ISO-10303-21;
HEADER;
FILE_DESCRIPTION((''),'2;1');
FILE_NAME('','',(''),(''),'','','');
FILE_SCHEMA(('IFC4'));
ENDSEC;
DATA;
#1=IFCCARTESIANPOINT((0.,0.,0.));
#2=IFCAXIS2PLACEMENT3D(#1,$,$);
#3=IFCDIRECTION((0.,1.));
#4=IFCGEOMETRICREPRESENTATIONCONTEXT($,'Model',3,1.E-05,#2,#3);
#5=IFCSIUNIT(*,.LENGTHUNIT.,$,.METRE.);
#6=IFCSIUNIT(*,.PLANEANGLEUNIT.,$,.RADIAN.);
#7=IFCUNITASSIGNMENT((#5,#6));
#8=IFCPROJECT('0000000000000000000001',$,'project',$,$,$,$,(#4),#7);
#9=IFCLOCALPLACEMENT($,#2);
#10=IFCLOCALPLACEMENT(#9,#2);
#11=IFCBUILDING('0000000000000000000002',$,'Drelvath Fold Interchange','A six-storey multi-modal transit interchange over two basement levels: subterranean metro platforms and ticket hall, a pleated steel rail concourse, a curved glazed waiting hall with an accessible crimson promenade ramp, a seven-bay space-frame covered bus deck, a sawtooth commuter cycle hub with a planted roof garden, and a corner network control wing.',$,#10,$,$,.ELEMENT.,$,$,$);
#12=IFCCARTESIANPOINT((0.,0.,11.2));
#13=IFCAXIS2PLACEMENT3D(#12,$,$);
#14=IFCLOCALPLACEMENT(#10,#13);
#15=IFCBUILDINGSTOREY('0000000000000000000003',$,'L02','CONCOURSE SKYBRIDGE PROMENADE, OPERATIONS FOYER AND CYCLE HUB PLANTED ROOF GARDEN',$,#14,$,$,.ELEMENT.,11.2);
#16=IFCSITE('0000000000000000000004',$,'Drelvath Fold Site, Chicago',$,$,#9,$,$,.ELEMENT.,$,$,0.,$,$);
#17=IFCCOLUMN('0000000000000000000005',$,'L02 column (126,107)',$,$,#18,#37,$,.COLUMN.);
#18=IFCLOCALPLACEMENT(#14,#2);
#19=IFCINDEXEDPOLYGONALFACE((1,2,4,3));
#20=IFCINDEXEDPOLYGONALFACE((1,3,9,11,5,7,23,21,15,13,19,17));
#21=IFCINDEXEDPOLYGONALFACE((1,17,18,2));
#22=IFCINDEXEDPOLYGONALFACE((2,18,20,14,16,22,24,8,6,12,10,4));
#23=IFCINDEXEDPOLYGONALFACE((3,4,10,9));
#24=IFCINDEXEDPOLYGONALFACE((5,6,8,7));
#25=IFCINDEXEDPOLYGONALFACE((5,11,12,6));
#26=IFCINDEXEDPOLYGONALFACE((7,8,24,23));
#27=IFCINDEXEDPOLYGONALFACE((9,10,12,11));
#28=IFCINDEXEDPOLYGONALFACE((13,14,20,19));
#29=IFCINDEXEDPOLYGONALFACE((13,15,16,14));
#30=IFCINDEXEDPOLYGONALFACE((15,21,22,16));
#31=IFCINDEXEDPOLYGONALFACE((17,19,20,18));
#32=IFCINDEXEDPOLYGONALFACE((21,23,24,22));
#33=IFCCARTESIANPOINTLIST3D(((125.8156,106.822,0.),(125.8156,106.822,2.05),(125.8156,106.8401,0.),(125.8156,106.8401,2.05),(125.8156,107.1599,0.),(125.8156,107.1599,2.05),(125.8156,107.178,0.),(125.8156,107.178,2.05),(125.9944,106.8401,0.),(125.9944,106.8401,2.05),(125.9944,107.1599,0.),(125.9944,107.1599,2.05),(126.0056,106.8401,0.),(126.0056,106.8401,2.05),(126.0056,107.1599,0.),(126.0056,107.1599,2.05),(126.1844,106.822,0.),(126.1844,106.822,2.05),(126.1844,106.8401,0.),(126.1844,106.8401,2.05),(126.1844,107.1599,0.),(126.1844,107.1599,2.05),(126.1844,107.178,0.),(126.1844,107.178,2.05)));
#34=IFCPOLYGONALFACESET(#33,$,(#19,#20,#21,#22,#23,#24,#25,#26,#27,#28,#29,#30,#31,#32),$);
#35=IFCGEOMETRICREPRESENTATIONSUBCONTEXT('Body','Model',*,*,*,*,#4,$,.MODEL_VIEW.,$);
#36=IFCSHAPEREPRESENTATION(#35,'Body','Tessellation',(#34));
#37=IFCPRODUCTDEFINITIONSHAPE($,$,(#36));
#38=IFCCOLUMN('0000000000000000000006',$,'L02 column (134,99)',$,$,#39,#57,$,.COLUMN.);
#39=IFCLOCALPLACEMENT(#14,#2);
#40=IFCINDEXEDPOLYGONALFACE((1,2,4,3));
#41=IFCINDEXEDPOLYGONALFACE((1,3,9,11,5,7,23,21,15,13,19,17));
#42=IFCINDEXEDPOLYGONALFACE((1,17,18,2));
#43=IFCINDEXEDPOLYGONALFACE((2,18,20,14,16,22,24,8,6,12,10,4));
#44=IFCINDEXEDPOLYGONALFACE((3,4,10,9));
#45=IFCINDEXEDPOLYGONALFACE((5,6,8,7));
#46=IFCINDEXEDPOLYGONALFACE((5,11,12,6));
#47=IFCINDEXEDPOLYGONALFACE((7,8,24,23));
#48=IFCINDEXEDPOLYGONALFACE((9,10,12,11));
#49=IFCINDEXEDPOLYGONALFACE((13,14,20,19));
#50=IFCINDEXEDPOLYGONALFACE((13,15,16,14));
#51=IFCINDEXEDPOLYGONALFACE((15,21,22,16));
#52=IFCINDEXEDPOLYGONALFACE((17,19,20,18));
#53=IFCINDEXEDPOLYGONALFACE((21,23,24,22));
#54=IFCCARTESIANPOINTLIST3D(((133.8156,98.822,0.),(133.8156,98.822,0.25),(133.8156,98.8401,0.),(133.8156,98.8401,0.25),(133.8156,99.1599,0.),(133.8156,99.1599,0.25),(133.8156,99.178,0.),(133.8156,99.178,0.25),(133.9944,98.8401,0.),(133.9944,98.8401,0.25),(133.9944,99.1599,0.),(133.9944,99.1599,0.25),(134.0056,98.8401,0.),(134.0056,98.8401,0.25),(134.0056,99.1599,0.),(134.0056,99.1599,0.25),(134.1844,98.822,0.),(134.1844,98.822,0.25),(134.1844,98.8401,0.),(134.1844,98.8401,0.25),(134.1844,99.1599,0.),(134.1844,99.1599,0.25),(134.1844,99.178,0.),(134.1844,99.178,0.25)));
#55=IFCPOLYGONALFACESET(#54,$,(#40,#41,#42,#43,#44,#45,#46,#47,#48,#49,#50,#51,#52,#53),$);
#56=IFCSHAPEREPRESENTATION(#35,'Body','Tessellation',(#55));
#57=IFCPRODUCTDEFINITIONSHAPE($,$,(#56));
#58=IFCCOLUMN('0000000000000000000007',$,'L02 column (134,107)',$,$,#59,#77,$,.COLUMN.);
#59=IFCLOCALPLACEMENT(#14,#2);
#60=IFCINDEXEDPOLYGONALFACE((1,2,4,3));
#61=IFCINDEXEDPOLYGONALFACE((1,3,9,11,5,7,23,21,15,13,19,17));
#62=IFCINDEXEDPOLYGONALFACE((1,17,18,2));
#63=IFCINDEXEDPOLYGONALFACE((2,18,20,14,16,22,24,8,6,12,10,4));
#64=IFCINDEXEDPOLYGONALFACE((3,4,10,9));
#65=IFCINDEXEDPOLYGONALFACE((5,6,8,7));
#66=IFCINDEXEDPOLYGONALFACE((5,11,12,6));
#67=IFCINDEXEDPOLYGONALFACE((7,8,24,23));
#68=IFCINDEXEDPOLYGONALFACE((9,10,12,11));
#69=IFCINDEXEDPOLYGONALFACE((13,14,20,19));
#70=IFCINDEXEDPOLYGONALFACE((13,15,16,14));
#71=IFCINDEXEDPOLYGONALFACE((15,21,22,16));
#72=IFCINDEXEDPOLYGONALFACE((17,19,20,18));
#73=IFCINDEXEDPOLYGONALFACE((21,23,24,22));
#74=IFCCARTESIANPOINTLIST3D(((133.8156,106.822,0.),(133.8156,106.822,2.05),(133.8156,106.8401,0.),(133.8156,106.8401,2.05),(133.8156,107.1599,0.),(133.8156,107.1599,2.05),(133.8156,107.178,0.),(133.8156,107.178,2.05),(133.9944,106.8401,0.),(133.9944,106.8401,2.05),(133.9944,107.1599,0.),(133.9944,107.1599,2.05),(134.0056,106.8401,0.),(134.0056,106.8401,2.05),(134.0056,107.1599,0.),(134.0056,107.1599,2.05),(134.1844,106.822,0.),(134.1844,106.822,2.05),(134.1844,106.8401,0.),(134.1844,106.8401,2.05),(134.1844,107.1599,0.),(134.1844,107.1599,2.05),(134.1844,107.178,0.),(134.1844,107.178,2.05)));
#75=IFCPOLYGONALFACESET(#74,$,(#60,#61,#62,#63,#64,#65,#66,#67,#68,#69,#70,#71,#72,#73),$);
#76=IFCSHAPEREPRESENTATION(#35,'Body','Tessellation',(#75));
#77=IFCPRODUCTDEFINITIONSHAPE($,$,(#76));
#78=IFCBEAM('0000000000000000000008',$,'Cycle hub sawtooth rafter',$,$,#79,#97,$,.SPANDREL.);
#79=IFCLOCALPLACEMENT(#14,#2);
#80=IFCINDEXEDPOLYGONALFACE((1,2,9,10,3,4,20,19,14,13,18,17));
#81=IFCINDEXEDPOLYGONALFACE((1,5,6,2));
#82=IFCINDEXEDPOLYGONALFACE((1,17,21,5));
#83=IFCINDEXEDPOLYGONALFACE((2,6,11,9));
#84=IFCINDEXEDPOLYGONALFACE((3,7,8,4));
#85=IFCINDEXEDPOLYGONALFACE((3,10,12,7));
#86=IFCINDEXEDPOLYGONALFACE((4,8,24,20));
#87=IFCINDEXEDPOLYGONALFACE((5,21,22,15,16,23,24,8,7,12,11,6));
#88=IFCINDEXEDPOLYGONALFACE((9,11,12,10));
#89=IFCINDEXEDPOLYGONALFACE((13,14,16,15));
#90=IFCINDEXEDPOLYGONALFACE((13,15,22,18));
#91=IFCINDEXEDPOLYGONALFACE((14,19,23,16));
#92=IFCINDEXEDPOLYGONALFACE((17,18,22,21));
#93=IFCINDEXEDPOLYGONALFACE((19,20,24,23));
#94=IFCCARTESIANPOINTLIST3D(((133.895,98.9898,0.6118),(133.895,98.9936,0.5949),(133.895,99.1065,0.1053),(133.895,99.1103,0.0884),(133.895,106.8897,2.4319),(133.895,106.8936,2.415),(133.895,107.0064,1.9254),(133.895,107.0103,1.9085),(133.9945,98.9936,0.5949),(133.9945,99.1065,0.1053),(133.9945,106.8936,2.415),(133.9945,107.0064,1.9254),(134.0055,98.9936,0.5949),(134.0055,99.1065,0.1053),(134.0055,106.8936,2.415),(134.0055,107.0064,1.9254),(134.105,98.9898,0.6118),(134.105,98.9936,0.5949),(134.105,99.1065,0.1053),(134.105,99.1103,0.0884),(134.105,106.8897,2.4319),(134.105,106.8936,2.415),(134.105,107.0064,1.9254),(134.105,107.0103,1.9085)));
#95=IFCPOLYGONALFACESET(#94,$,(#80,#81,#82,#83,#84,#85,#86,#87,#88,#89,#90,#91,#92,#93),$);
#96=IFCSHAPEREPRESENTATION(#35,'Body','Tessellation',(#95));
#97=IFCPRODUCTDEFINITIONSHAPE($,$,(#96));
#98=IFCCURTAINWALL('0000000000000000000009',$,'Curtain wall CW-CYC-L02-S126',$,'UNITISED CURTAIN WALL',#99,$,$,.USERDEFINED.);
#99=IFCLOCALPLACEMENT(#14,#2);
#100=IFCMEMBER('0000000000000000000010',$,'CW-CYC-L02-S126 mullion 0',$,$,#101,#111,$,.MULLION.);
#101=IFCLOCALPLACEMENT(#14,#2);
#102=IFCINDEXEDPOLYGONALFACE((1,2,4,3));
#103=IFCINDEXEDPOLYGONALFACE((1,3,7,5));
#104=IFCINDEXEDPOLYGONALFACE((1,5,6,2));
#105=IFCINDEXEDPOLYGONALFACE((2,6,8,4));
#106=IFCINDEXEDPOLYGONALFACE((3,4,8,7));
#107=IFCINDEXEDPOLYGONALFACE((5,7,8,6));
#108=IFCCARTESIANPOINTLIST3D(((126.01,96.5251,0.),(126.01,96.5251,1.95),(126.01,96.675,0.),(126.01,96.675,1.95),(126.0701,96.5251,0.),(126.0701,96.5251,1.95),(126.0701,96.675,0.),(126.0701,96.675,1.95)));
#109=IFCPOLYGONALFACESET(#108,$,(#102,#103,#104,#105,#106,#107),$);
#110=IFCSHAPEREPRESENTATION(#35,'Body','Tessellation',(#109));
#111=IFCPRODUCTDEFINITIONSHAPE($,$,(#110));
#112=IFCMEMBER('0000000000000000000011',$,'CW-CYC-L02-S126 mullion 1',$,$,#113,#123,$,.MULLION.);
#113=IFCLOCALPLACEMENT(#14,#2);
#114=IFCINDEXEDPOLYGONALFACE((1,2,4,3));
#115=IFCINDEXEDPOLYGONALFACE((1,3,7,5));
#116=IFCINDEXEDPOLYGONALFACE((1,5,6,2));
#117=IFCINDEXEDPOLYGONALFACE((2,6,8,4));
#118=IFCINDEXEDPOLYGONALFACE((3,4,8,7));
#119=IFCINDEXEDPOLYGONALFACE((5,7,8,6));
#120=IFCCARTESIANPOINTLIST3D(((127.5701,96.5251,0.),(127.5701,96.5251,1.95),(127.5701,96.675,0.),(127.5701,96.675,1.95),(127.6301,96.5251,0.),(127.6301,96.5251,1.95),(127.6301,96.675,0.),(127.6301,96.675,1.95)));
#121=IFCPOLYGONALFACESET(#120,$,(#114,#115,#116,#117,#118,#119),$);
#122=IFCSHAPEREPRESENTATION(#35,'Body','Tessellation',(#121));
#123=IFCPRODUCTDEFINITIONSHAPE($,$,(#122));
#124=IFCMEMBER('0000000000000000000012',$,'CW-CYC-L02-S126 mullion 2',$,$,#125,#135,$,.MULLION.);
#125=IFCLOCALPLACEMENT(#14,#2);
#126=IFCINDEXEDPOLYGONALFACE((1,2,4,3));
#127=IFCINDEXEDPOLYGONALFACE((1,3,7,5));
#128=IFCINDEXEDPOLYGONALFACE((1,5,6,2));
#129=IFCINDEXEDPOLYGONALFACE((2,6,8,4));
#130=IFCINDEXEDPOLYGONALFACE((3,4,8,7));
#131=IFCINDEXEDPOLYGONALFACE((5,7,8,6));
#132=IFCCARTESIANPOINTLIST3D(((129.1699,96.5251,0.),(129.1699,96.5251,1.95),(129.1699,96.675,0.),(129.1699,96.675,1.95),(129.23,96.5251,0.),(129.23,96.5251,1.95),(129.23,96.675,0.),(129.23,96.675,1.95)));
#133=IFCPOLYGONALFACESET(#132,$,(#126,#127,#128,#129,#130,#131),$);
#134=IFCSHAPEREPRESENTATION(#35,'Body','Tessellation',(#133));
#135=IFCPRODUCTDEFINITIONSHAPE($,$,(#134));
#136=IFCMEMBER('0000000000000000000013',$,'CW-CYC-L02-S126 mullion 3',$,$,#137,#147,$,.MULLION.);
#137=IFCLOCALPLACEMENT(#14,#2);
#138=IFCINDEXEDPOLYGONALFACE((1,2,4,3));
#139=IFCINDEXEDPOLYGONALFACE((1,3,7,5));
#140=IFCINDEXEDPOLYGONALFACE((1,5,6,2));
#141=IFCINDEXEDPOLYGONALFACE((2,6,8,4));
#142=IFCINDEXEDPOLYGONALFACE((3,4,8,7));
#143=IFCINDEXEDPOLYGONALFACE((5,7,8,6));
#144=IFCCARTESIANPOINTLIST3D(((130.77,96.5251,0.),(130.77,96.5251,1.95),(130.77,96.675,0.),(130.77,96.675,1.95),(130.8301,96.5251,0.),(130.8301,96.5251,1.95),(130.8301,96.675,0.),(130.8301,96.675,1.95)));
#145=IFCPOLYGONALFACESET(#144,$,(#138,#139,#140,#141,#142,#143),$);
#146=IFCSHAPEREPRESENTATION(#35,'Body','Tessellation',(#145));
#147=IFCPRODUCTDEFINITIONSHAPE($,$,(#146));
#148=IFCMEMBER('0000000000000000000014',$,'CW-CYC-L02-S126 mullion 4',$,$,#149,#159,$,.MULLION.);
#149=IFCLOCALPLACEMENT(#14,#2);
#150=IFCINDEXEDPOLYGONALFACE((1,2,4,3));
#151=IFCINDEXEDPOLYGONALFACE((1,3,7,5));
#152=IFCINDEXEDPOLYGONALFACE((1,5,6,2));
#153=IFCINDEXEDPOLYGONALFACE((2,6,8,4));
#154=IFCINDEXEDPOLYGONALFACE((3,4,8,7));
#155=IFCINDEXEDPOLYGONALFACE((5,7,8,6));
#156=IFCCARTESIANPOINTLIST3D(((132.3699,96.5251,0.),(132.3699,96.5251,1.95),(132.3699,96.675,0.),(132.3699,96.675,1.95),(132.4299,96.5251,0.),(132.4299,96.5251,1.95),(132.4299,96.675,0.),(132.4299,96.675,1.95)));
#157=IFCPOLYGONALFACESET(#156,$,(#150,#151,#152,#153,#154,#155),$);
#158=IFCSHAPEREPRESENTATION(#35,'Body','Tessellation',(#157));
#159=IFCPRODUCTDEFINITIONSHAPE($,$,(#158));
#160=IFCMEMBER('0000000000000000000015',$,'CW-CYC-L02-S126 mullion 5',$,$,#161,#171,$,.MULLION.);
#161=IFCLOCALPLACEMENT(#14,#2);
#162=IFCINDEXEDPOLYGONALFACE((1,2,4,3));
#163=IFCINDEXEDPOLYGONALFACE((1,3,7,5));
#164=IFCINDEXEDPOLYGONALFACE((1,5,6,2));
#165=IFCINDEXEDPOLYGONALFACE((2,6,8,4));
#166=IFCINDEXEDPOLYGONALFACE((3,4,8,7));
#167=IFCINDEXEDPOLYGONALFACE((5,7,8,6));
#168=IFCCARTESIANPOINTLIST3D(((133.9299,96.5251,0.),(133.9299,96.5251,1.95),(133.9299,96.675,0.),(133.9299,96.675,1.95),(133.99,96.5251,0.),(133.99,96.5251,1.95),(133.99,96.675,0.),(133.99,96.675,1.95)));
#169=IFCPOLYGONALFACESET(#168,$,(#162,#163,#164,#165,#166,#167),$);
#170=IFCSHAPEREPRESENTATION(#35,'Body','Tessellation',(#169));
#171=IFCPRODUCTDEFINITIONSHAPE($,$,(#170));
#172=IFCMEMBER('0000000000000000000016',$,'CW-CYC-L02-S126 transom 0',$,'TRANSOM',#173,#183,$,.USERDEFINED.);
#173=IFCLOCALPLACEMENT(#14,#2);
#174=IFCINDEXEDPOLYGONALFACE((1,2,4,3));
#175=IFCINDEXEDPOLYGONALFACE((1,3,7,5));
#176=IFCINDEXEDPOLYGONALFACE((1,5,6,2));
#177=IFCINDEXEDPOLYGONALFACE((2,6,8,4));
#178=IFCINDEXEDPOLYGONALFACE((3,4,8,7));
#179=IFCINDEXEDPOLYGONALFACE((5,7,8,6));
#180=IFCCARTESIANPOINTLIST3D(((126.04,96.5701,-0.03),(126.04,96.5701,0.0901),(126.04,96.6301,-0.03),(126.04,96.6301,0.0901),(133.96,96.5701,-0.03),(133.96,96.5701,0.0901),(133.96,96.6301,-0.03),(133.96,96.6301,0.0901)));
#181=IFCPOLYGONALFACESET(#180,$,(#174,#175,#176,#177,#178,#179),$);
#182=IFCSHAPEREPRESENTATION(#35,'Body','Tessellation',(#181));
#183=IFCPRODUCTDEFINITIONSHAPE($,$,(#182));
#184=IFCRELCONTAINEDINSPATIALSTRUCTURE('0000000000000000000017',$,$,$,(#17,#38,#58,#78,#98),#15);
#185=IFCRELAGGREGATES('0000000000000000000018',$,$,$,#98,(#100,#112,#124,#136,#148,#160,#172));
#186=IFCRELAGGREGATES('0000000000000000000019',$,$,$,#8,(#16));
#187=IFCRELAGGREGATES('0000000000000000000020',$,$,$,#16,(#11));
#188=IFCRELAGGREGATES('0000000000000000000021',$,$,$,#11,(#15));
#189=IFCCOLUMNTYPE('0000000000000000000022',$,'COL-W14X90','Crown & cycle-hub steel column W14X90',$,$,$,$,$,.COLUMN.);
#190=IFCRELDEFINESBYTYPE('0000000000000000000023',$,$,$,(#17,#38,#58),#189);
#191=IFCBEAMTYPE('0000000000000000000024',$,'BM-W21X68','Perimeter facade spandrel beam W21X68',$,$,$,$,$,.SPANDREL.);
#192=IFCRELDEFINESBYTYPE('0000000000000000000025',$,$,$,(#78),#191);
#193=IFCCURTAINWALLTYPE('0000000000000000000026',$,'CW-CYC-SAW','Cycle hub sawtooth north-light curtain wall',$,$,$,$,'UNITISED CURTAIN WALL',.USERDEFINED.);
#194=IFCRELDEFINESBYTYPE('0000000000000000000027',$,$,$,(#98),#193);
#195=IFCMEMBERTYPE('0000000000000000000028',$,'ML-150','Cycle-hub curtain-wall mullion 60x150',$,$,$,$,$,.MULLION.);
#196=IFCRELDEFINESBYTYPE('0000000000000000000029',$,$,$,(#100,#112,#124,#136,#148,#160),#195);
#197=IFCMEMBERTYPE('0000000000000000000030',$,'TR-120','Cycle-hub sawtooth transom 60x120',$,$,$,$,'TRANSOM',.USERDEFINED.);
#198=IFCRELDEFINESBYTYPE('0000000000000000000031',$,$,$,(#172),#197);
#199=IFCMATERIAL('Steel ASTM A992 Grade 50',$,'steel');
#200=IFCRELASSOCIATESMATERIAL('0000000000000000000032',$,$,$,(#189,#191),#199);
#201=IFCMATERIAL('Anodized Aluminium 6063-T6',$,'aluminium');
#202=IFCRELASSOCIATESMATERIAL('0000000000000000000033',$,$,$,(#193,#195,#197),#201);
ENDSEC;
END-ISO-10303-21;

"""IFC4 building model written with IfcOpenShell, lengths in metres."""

from ifc_helpers import new_model, si_unit, direction, frame, origin, origin_2d, place, context, subcontext, project, spatial, rectangle, i_section, extrude, material, material_profile, profile_set, type_object, element, aggregate, save


model = new_model("IFC4")

# Units and contexts
model_context = context("Model", 3, precision=1e-05, world=origin(), true_north=direction((0.0, 1.0)))
body_context = subcontext(model_context, "Body", "Model", "MODEL_VIEW")
ifc_project = project(units=[si_unit("LENGTHUNIT", "METRE"), si_unit("PLANEANGLEUNIT", "RADIAN")], contexts=[model_context])

# Site, building, storey
site_placement = place(None, origin())
site = spatial("IfcSite", under=ifc_project, at=site_placement, Name="Drelvath Fold Site, Chicago", CompositionType="ELEMENT", RefElevation=0.0)
building_placement = place(site_placement, origin())
building = spatial("IfcBuilding", under=site, at=building_placement, Name="Drelvath Fold Interchange", Description="A six-storey multi-modal transit interchange over two basement levels: subterranean metro platforms and ticket hall, a pleated steel rail concourse, a curved glazed waiting hall with an accessible crimson promenade ramp, a seven-bay space-frame covered bus deck, a sawtooth commuter cycle hub with a planted roof garden, and a corner network control wing.", CompositionType="ELEMENT")
storey_placement = place(building_placement, frame((0.0, 0.0, 11.2)))
storey = spatial("IfcBuildingStorey", under=building, at=storey_placement, Name="L02", Description="CONCOURSE SKYBRIDGE PROMENADE, OPERATIONS FOYER AND CYCLE HUB PLANTED ROOF GARDEN", CompositionType="ELEMENT", Elevation=11.2)

# Columns
ifc_material_1 = material(Name="Steel ASTM A992 Grade 50", Category="steel")
ifc_material_profile_1 = material_profile(ifc_material_1, i_section(OverallWidth=0.3689, OverallDepth=0.356, WebThickness=0.0112, FlangeThickness=0.0181, at=origin_2d()), Name="W14X90")
ifc_profile_set_1 = profile_set([ifc_material_profile_1], Name="Steel ASTM A992 Grade 50")
column_type = type_object("IfcColumnType", Name="COL-W14X90", Description="Crown & cycle-hub steel column W14X90", PredefinedType="COLUMN", material=ifc_profile_set_1)
column_1_placement = place(storey_placement, frame((126.0, 107.0, 0.0), z_axis=(0.0, 0.0, 1.0), x_axis=(1.0, 0.0, 0.0)))
element("IfcColumn", 1, at=column_1_placement, inside=storey, type_object=column_type, Name="L02 column (126,107)", PredefinedType="COLUMN", context=body_context, shape_type="SweptSolid", body=[
    extrude(i_section(OverallWidth=0.3689, OverallDepth=0.356, WebThickness=0.0112, FlangeThickness=0.0181, at=origin_2d()), origin(), (0.0, 0.0, 1.0), 2.05),
])
column_2_placement = place(storey_placement, frame((134.0, 99.0, 0.0), z_axis=(0.0, 0.0, 1.0), x_axis=(1.0, 0.0, 0.0)))
element("IfcColumn", 2, at=column_2_placement, inside=storey, type_object=column_type, Name="L02 column (134,99)", PredefinedType="COLUMN", context=body_context, shape_type="SweptSolid", body=[
    extrude(i_section(OverallWidth=0.3689, OverallDepth=0.356, WebThickness=0.0112, FlangeThickness=0.0181, at=origin_2d()), origin(), (0.0, 0.0, 1.0), 0.25),
])
column_3_placement = place(storey_placement, frame((134.0, 107.0, 0.0), z_axis=(0.0, 0.0, 1.0), x_axis=(1.0, 0.0, 0.0)))
element("IfcColumn", 3, at=column_3_placement, inside=storey, type_object=column_type, Name="L02 column (134,107)", PredefinedType="COLUMN", context=body_context, shape_type="SweptSolid", body=[
    extrude(i_section(OverallWidth=0.3689, OverallDepth=0.356, WebThickness=0.0112, FlangeThickness=0.0181, at=origin_2d()), origin(), (0.0, 0.0, 1.0), 2.05),
])

# Beam
ifc_material_profile_2 = material_profile(ifc_material_1, i_section(OverallWidth=0.21, OverallDepth=0.5371, WebThickness=0.011, FlangeThickness=0.0173, at=origin_2d()), Name="W21X68")
ifc_profile_set_2 = profile_set([ifc_material_profile_2], Name="Steel ASTM A992 Grade 50")
beam_type = type_object("IfcBeamType", Name="BM-W21X68", Description="Perimeter facade spandrel beam W21X68", PredefinedType="SPANDREL", material=ifc_profile_set_2)
beam_placement = place(storey_placement, frame((134.0, 99.05, 0.3501), z_axis=(0.0, 0.974472, 0.22451), x_axis=(-1.0, 0.0, 0.0)))
element("IfcBeam", 4, at=beam_placement, inside=storey, type_object=beam_type, Name="Cycle hub sawtooth rafter", PredefinedType="SPANDREL", context=body_context, shape_type="SweptSolid", body=[
    extrude(i_section(OverallWidth=0.21, OverallDepth=0.5371, WebThickness=0.011, FlangeThickness=0.0173, at=origin_2d()), origin(), (0.0, 0.0, 1.0), 8.1069),
])

# Curtain wall, members
ifc_material_2 = material(Name="Anodized Aluminium 6063-T6", Category="aluminium")
curtain_wall_type = type_object("IfcCurtainWallType", Name="CW-CYC-SAW", Description="Cycle hub sawtooth north-light curtain wall", ElementType="UNITISED CURTAIN WALL", PredefinedType="USERDEFINED", material=ifc_material_2)
curtain_wall_placement = place(storey_placement, origin())
curtain_wall = element("IfcCurtainWall", 5, at=curtain_wall_placement, inside=storey, type_object=curtain_wall_type, Name="Curtain wall CW-CYC-L02-S126", ObjectType="UNITISED CURTAIN WALL", PredefinedType="USERDEFINED")
ifc_material_profile_3 = material_profile(ifc_material_2, rectangle(XDim=0.0601, YDim=0.1499, at=origin_2d()), Name="AL-M 60x150")
ifc_profile_set_3 = profile_set([ifc_material_profile_3], Name="Anodized Aluminium 6063-T6")
member_type_1 = type_object("IfcMemberType", Name="ML-150", Description="Cycle-hub curtain-wall mullion 60x150", PredefinedType="MULLION", material=ifc_profile_set_3)
member_1_placement = place(storey_placement, frame((126.04, 96.6001, 0.0), z_axis=(0.0, 0.0, 1.0), x_axis=(1.0, 0.0, 0.0)))
member_1 = element("IfcMember", 6, at=member_1_placement, type_object=member_type_1, Name="CW-CYC-L02-S126 mullion 0", PredefinedType="MULLION", context=body_context, shape_type="SweptSolid", body=[
    extrude(rectangle(XDim=0.0601, YDim=0.1499, at=origin_2d()), origin(), (0.0, 0.0, 1.0), 1.95),
])
member_2_placement = place(storey_placement, frame((127.6001, 96.6001, 0.0), z_axis=(0.0, 0.0, 1.0), x_axis=(1.0, 0.0, 0.0)))
member_2 = element("IfcMember", 7, at=member_2_placement, type_object=member_type_1, Name="CW-CYC-L02-S126 mullion 1", PredefinedType="MULLION", context=body_context, shape_type="SweptSolid", body=[
    extrude(rectangle(XDim=0.0601, YDim=0.1499, at=origin_2d()), origin(), (0.0, 0.0, 1.0), 1.95),
])
member_3_placement = place(storey_placement, frame((129.2, 96.6001, 0.0), z_axis=(0.0, 0.0, 1.0), x_axis=(1.0, 0.0, 0.0)))
member_3 = element("IfcMember", 8, at=member_3_placement, type_object=member_type_1, Name="CW-CYC-L02-S126 mullion 2", PredefinedType="MULLION", context=body_context, shape_type="SweptSolid", body=[
    extrude(rectangle(XDim=0.0601, YDim=0.1499, at=origin_2d()), origin(), (0.0, 0.0, 1.0), 1.95),
])
member_4_placement = place(storey_placement, frame((130.8, 96.6001, 0.0), z_axis=(0.0, 0.0, 1.0), x_axis=(1.0, 0.0, 0.0)))
member_4 = element("IfcMember", 9, at=member_4_placement, type_object=member_type_1, Name="CW-CYC-L02-S126 mullion 3", PredefinedType="MULLION", context=body_context, shape_type="SweptSolid", body=[
    extrude(rectangle(XDim=0.0601, YDim=0.1499, at=origin_2d()), origin(), (0.0, 0.0, 1.0), 1.95),
])
member_5_placement = place(storey_placement, frame((132.3999, 96.6001, 0.0), z_axis=(0.0, 0.0, 1.0), x_axis=(1.0, 0.0, 0.0)))
member_5 = element("IfcMember", 10, at=member_5_placement, type_object=member_type_1, Name="CW-CYC-L02-S126 mullion 4", PredefinedType="MULLION", context=body_context, shape_type="SweptSolid", body=[
    extrude(rectangle(XDim=0.0601, YDim=0.1499, at=origin_2d()), origin(), (0.0, 0.0, 1.0), 1.95),
])
member_6_placement = place(storey_placement, frame((133.96, 96.6001, 0.0), z_axis=(0.0, 0.0, 1.0), x_axis=(1.0, 0.0, 0.0)))
member_6 = element("IfcMember", 11, at=member_6_placement, type_object=member_type_1, Name="CW-CYC-L02-S126 mullion 5", PredefinedType="MULLION", context=body_context, shape_type="SweptSolid", body=[
    extrude(rectangle(XDim=0.0601, YDim=0.1499, at=origin_2d()), origin(), (0.0, 0.0, 1.0), 1.95),
])
ifc_material_profile_4 = material_profile(ifc_material_2, rectangle(XDim=0.0601, YDim=0.1201, at=origin_2d()), Name="AL-T 60x120")
ifc_profile_set_4 = profile_set([ifc_material_profile_4], Name="Anodized Aluminium 6063-T6")
member_type_2 = type_object("IfcMemberType", Name="TR-120", Description="Cycle-hub sawtooth transom 60x120", ElementType="TRANSOM", PredefinedType="USERDEFINED", material=ifc_profile_set_4)
member_7_placement = place(storey_placement, frame((126.04, 96.6001, 0.03), z_axis=(1.0, 0.0, 0.0), x_axis=(0.0, 1.0, 0.0)))
member_7 = element("IfcMember", 12, at=member_7_placement, type_object=member_type_2, Name="CW-CYC-L02-S126 transom 0", ObjectType="TRANSOM", PredefinedType="USERDEFINED", context=body_context, shape_type="SweptSolid", body=[
    extrude(rectangle(XDim=0.0601, YDim=0.1201, at=origin_2d()), origin(), (0.0, 0.0, 1.0), 7.9199),
])
aggregate(curtain_wall, [member_1, member_2, member_3, member_4, member_5, member_6, member_7])

save(model, "model.ifc")
